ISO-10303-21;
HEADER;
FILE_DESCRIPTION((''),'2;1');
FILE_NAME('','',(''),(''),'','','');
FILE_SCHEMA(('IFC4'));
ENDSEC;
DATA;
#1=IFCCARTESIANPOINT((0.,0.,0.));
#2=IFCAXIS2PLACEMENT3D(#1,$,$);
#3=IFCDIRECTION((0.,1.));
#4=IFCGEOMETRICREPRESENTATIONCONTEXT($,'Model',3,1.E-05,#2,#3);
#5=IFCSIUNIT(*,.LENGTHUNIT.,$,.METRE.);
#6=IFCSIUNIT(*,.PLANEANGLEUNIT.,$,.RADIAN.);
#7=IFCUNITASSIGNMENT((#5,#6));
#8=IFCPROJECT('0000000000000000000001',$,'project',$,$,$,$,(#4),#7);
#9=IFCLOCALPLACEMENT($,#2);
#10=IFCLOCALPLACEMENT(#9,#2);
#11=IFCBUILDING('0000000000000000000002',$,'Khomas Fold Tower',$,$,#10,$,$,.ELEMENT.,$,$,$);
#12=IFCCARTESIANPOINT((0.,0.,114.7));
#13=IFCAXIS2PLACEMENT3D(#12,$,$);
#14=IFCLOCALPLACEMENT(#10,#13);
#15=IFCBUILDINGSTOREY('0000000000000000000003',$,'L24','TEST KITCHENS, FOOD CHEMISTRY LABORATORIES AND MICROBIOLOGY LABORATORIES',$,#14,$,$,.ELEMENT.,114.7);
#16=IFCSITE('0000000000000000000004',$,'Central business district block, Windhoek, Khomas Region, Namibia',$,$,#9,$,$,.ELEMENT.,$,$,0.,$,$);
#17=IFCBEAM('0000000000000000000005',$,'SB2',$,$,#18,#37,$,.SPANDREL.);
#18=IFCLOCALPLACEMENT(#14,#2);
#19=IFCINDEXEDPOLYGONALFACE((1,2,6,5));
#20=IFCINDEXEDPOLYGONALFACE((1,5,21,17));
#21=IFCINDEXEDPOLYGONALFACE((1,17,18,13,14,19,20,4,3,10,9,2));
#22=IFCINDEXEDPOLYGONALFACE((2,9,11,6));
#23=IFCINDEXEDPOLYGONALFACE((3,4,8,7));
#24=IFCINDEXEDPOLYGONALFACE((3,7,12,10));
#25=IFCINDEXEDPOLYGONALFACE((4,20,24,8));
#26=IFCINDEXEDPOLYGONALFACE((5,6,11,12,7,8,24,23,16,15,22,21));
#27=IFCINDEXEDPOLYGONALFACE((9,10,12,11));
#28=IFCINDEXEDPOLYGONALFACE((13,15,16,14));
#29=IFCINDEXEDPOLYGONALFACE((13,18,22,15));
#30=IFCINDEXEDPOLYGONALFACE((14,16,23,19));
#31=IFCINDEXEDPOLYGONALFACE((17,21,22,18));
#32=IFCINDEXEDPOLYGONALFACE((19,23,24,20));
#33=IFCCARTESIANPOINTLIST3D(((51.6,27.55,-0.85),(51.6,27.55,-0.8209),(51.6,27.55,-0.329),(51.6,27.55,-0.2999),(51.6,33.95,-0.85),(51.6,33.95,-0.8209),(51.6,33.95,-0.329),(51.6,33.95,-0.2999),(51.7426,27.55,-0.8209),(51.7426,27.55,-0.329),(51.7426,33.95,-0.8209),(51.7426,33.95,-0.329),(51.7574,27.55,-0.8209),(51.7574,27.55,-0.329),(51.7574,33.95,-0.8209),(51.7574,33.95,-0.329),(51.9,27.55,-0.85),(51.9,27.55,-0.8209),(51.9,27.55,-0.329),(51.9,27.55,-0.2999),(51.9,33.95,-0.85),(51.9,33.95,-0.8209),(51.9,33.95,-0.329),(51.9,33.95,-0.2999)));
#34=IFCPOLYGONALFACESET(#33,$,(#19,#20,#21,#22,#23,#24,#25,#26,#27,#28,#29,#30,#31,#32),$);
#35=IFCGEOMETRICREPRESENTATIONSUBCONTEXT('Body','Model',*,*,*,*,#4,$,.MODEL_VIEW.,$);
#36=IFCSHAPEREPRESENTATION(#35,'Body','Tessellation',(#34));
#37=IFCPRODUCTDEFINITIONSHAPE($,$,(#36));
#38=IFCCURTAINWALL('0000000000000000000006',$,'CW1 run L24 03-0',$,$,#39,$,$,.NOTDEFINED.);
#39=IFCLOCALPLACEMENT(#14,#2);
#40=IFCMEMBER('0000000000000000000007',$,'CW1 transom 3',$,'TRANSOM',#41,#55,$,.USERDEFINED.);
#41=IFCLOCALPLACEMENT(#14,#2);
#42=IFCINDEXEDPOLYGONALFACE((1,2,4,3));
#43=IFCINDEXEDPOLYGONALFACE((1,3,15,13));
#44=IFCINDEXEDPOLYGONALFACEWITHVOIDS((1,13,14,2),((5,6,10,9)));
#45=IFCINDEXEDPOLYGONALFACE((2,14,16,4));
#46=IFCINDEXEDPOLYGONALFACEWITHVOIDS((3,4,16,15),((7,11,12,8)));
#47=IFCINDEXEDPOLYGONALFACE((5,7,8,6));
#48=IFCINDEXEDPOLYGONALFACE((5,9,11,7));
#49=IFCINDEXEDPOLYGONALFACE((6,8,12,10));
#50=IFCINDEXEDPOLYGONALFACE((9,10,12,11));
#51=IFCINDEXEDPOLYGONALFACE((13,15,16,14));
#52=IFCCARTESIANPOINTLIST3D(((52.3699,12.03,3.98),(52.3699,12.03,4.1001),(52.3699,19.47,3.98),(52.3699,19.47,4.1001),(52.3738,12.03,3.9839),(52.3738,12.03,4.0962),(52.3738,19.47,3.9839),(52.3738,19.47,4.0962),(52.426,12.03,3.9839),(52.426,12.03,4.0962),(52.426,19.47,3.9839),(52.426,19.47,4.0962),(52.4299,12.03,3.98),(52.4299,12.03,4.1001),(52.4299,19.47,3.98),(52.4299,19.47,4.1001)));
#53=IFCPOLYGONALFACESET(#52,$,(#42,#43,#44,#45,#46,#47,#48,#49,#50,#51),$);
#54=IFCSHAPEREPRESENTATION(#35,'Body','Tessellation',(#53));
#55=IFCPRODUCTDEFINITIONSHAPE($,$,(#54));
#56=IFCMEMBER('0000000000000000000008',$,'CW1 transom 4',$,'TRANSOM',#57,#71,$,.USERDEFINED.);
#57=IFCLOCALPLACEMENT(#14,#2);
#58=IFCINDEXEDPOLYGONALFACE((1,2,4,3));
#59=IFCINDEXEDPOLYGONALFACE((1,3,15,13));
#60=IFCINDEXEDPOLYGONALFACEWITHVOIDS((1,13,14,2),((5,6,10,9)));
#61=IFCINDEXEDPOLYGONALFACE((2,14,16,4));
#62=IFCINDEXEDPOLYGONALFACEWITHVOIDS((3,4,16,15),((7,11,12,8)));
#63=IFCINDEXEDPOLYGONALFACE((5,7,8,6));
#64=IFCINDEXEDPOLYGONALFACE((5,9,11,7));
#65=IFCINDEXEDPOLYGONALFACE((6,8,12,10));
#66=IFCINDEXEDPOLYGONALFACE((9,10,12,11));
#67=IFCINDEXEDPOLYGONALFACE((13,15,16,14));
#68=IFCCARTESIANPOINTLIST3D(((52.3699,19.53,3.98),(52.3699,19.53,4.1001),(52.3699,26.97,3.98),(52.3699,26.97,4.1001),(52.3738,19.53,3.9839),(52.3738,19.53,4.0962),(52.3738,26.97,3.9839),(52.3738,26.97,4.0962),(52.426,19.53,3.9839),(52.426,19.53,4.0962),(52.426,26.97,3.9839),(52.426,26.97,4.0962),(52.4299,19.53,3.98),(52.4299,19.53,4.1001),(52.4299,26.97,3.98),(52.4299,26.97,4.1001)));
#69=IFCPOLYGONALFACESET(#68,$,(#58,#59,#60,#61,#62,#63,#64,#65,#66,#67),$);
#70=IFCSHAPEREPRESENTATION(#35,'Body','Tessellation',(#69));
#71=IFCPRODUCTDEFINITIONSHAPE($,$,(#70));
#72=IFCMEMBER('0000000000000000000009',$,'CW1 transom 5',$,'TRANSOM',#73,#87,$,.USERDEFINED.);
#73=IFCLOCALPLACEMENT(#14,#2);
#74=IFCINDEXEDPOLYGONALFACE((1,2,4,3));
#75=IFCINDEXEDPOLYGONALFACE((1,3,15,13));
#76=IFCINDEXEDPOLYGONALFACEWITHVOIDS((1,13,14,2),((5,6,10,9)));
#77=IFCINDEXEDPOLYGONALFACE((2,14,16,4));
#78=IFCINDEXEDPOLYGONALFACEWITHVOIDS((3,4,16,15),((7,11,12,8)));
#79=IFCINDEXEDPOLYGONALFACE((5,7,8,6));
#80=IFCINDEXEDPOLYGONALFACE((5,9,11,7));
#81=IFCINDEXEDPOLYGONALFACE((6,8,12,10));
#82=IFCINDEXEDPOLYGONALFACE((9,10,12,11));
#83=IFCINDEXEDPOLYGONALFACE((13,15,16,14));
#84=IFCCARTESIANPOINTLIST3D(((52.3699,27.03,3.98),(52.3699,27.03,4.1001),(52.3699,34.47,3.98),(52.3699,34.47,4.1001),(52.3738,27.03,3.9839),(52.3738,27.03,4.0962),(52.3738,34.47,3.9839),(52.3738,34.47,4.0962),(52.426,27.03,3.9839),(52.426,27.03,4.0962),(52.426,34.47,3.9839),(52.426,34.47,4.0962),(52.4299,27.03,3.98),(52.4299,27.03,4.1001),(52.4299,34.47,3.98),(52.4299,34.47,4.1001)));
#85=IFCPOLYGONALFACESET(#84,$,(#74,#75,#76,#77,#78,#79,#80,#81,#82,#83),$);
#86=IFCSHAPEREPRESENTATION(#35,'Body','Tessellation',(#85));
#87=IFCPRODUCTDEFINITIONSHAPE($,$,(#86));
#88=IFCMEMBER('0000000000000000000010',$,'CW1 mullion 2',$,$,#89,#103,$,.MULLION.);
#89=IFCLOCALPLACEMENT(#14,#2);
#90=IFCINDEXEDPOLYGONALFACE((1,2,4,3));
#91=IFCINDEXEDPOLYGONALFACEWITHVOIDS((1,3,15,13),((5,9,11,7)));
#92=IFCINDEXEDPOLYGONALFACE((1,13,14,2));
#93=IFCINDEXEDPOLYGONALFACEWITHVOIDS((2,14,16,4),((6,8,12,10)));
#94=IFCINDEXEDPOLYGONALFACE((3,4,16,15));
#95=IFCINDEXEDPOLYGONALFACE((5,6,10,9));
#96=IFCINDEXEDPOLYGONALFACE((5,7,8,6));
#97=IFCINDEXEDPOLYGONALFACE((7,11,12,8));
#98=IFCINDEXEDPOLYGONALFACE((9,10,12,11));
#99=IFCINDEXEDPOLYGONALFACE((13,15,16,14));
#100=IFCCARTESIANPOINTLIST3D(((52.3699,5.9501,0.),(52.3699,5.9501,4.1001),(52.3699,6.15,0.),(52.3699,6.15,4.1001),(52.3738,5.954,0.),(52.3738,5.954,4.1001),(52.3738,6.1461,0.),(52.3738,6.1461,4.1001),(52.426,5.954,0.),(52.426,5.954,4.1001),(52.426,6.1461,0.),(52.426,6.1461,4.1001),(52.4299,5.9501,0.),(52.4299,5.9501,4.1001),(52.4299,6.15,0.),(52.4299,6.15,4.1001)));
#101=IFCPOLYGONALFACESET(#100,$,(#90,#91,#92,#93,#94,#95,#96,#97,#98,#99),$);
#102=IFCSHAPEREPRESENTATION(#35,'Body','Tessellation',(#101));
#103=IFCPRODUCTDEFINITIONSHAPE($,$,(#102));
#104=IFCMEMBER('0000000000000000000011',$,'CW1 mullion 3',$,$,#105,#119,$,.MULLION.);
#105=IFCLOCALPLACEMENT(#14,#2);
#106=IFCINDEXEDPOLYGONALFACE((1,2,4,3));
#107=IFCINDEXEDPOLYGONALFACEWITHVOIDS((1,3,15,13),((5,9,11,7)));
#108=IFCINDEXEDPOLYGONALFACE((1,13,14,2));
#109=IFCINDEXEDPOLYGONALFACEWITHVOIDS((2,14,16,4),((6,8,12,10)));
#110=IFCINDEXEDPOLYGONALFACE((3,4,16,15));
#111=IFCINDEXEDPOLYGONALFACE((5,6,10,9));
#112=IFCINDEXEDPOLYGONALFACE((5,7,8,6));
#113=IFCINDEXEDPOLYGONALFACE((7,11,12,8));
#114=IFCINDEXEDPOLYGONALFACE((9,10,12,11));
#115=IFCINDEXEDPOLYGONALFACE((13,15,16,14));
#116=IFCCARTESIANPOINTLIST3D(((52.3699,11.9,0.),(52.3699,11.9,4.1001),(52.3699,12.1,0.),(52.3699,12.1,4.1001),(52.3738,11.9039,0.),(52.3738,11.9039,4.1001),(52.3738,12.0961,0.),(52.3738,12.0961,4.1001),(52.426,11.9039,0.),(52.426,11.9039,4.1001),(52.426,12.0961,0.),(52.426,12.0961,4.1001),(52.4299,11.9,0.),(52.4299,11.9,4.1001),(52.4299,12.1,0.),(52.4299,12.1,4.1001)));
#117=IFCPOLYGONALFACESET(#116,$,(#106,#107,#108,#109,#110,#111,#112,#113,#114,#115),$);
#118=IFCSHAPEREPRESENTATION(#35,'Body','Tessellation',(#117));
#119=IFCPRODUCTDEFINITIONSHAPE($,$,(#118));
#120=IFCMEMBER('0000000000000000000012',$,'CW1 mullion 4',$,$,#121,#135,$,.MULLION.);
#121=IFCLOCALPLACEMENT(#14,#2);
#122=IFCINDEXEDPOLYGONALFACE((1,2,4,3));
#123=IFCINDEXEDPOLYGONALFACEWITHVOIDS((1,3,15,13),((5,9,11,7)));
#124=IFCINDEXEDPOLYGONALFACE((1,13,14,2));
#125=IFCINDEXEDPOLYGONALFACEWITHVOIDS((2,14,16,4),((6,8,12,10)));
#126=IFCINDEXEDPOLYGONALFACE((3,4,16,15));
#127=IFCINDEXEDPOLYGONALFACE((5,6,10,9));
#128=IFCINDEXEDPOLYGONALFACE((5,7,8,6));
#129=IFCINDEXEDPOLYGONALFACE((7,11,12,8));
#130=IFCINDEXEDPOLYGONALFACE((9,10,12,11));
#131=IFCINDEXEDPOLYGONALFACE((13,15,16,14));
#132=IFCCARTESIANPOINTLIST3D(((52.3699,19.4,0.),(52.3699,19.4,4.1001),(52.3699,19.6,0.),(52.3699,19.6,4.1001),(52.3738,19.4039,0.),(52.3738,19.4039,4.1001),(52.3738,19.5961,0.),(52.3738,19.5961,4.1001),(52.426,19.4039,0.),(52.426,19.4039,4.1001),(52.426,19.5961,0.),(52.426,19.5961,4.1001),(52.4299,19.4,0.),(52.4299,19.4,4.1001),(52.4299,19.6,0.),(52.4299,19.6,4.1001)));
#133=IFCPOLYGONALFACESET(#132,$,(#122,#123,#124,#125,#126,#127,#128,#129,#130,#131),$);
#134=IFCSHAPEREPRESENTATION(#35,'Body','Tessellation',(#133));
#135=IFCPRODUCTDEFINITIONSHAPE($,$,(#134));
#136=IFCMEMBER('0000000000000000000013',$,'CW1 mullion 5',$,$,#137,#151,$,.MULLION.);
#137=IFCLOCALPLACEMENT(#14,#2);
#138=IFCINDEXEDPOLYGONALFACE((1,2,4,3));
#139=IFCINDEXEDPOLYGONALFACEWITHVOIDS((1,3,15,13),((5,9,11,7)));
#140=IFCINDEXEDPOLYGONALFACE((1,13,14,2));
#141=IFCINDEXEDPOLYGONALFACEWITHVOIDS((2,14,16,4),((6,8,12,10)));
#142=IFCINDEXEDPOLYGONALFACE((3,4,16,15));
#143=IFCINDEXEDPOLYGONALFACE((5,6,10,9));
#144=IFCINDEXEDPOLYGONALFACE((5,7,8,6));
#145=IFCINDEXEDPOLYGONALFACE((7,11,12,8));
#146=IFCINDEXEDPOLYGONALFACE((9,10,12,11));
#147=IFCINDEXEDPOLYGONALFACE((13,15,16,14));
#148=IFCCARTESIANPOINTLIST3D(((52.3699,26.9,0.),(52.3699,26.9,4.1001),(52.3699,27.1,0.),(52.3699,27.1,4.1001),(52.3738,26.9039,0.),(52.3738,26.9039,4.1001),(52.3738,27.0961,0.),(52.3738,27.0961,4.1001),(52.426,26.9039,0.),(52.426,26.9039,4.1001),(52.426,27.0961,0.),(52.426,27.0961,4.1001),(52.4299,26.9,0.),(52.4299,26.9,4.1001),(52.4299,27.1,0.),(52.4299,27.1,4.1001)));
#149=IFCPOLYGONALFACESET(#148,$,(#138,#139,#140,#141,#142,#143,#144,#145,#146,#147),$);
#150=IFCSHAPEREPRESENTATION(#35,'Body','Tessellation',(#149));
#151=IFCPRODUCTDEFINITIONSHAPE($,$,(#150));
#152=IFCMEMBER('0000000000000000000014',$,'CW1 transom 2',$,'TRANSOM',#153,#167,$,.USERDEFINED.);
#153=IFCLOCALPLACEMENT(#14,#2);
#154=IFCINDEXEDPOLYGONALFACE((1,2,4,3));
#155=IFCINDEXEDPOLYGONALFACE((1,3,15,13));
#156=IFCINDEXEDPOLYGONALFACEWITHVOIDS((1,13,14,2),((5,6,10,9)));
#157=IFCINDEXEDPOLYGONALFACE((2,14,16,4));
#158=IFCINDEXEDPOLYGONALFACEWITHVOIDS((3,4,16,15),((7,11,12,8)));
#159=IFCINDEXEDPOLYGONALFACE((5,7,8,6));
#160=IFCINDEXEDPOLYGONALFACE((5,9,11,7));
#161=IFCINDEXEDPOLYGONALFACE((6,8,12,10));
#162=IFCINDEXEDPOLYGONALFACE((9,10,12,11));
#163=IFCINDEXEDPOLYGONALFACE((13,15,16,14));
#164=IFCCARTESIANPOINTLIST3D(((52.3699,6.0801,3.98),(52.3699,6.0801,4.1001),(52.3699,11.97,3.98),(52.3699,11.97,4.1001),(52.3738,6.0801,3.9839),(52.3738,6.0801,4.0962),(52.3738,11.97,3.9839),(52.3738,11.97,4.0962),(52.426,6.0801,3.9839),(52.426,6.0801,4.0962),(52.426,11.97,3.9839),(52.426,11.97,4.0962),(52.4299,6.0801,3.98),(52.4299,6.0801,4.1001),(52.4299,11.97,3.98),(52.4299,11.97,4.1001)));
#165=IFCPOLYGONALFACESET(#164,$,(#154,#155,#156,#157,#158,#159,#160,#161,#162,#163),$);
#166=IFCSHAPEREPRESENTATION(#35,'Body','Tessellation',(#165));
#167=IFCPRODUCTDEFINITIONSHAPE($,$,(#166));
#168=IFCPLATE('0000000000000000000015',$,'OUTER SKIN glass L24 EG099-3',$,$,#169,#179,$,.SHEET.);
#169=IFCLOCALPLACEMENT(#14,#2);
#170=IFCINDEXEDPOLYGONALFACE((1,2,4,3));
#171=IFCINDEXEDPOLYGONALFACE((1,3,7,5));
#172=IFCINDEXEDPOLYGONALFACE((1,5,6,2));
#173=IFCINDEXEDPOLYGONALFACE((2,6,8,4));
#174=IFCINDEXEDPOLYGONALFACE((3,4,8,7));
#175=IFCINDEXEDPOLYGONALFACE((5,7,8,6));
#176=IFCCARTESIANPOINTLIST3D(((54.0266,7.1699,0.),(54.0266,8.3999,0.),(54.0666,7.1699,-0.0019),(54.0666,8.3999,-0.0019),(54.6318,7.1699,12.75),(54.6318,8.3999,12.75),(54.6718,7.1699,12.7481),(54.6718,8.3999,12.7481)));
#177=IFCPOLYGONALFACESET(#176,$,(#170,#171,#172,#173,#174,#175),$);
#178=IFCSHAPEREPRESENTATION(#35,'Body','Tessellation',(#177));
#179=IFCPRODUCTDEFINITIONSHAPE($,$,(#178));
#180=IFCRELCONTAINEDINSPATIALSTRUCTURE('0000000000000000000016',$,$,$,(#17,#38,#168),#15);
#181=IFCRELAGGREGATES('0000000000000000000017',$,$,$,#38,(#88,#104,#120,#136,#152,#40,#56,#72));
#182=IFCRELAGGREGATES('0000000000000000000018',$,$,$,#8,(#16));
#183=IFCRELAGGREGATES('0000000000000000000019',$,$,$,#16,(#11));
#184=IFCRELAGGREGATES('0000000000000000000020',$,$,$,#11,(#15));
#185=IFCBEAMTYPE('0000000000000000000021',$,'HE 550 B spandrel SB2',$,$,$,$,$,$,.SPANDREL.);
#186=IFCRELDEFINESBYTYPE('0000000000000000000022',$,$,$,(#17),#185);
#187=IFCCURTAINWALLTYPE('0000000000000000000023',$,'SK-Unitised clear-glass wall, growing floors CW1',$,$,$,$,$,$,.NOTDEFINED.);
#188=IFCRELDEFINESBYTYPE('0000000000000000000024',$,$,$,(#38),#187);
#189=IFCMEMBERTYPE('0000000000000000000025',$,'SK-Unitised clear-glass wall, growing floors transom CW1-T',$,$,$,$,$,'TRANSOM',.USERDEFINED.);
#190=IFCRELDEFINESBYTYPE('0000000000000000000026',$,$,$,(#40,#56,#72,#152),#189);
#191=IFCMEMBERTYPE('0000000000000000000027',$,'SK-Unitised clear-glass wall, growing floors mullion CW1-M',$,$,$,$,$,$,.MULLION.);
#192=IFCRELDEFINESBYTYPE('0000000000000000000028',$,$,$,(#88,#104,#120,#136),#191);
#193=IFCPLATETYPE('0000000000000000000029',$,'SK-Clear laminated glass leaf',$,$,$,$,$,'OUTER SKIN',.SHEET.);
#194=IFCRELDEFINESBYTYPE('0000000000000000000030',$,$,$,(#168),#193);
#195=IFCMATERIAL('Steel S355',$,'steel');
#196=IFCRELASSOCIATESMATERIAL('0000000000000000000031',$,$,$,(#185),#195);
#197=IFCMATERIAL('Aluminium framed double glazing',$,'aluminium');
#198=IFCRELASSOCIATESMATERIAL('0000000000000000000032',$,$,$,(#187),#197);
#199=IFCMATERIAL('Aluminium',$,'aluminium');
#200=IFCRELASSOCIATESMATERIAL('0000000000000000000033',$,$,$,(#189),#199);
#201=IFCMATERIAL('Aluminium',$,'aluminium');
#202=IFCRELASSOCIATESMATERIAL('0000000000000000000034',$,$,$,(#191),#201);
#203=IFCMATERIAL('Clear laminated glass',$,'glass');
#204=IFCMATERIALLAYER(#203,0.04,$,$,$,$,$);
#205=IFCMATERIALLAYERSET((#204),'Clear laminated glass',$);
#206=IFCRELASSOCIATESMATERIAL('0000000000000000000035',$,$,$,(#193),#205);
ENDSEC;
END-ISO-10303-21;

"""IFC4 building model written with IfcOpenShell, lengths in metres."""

from ifc_helpers import new_model, si_unit, direction, frame, origin, origin_2d, place, context, subcontext, project, spatial, polyline, hollow_rectangle, i_section, outline, extrude, source, transform, mapped, material, layer, layer_set, material_profile, profile_set, type_object, element, aggregate, save


model = new_model("IFC4")

# Units and contexts
model_context = context("Model", 3, precision=1e-05, world=origin(), true_north=direction((0.0, 1.0)))
body_context = subcontext(model_context, "Body", "Model", "MODEL_VIEW")
ifc_project = project(units=[si_unit("LENGTHUNIT", "METRE"), si_unit("PLANEANGLEUNIT", "RADIAN")], contexts=[model_context])

# Site, building, storey
site_placement = place(None, origin())
site = spatial("IfcSite", under=ifc_project, at=site_placement, Name="Central business district block, Windhoek, Khomas Region, Namibia", CompositionType="ELEMENT", RefElevation=0.0)
building_placement = place(site_placement, origin())
building = spatial("IfcBuilding", under=site, at=building_placement, Name="Khomas Fold Tower", CompositionType="ELEMENT")
storey_placement = place(building_placement, frame((0.0, 0.0, 114.7)))
storey = spatial("IfcBuildingStorey", under=building, at=storey_placement, Name="L24", Description="TEST KITCHENS, FOOD CHEMISTRY LABORATORIES AND MICROBIOLOGY LABORATORIES", CompositionType="ELEMENT", Elevation=114.7)

# Beam
ifc_material_1 = material(Name="Steel S355", Category="steel")
ifc_material_profile_1 = material_profile(ifc_material_1, i_section(OverallWidth=0.3, OverallDepth=0.55, WebThickness=0.0149, FlangeThickness=0.0291, at=origin_2d()), Name="HE 550 B")
ifc_profile_set_1 = profile_set([ifc_material_profile_1], Name="Steel S355")
beam_type = type_object("IfcBeamType", Name="HE 550 B spandrel SB2", PredefinedType="SPANDREL", material=ifc_profile_set_1)
shared_shape_1 = source(origin(), body_context, "Body", "SweptSolid", [
    extrude(i_section(OverallWidth=0.3, OverallDepth=0.55, WebThickness=0.0149, FlangeThickness=0.0291, at=origin_2d()), origin(), (0.0, 0.0, 1.0), 6.3999),
])
beam_placement = place(storey_placement, frame((51.75, 27.55, -0.575), z_axis=(0.0, 1.0, 0.0), x_axis=(-1.0, 0.0, 0.0)))
element("IfcBeam", 1, at=beam_placement, inside=storey, type_object=beam_type, Name="SB2", PredefinedType="SPANDREL", context=body_context, shape_type="MappedRepresentation", body=[
    mapped(shared_shape_1, transform((0.0, 0.0, 0.0))),
])

# Curtain wall, members
ifc_material_2 = material(Name="Aluminium framed double glazing", Category="aluminium")
curtain_wall_type = type_object("IfcCurtainWallType", Name="SK-Unitised clear-glass wall, growing floors CW1", PredefinedType="NOTDEFINED", material=ifc_material_2)
curtain_wall_placement = place(storey_placement, origin())
curtain_wall = element("IfcCurtainWall", 2, at=curtain_wall_placement, inside=storey, type_object=curtain_wall_type, Name="CW1 run L24 03-0", PredefinedType="NOTDEFINED")
ifc_material_3 = material(Name="Aluminium", Category="aluminium")
ifc_material_profile_2 = material_profile(ifc_material_3, hollow_rectangle(XDim=0.0601, YDim=0.1201, WallThickness=0.0039, at=origin_2d()), Name="SK-Unitised clear-glass wall, growing floors transom CW1-T")
ifc_profile_set_2 = profile_set([ifc_material_profile_2], Name="Aluminium")
member_type_1 = type_object("IfcMemberType", Name="SK-Unitised clear-glass wall, growing floors transom CW1-T", ElementType="TRANSOM", PredefinedType="USERDEFINED", material=ifc_profile_set_2)
shared_shape_2 = source(origin(), body_context, "Body", "SweptSolid", [
    extrude(hollow_rectangle(XDim=0.0601, YDim=0.1201, WallThickness=0.0039, at=origin_2d()), origin(), (0.0, 0.0, 1.0), 7.4399),
])
member_1_placement = place(storey_placement, frame((52.3999, 12.03, 4.04), z_axis=(0.0, 1.0, 0.0), x_axis=(-1.0, 0.0, 0.0)))
member_1 = element("IfcMember", 3, at=member_1_placement, type_object=member_type_1, Name="CW1 transom 3", ObjectType="TRANSOM", PredefinedType="USERDEFINED", context=body_context, shape_type="MappedRepresentation", body=[
    mapped(shared_shape_2, transform((0.0, 0.0, 0.0))),
])
member_2_placement = place(storey_placement, frame((52.3999, 19.53, 4.04), z_axis=(0.0, 1.0, 0.0), x_axis=(-1.0, 0.0, 0.0)))
member_2 = element("IfcMember", 4, at=member_2_placement, type_object=member_type_1, Name="CW1 transom 4", ObjectType="TRANSOM", PredefinedType="USERDEFINED", context=body_context, shape_type="MappedRepresentation", body=[
    mapped(shared_shape_2, transform((0.0, 0.0, 0.0))),
])
member_3_placement = place(storey_placement, frame((52.3999, 27.03, 4.04), z_axis=(0.0, 1.0, 0.0), x_axis=(-1.0, 0.0, 0.0)))
member_3 = element("IfcMember", 5, at=member_3_placement, type_object=member_type_1, Name="CW1 transom 5", ObjectType="TRANSOM", PredefinedType="USERDEFINED", context=body_context, shape_type="MappedRepresentation", body=[
    mapped(shared_shape_2, transform((0.0, 0.0, 0.0))),
])
ifc_material_4 = material(Name="Aluminium", Category="aluminium")
ifc_material_profile_3 = material_profile(ifc_material_4, hollow_rectangle(XDim=0.0601, YDim=0.2, WallThickness=0.0039, at=origin_2d()), Name="SK-Unitised clear-glass wall, growing floors mullion CW1-M")
ifc_profile_set_3 = profile_set([ifc_material_profile_3], Name="Aluminium")
member_type_2 = type_object("IfcMemberType", Name="SK-Unitised clear-glass wall, growing floors mullion CW1-M", PredefinedType="MULLION", material=ifc_profile_set_3)
shared_shape_3 = source(origin(), body_context, "Body", "SweptSolid", [
    extrude(hollow_rectangle(XDim=0.0601, YDim=0.2, WallThickness=0.0039, at=origin_2d()), origin(), (0.0, 0.0, 1.0), 4.1001),
])
member_4_placement = place(storey_placement, frame((52.3999, 6.05, 0.0), z_axis=(0.0, 0.0, 1.0), x_axis=(-1.0, 0.0, 0.0)))
member_4 = element("IfcMember", 6, at=member_4_placement, type_object=member_type_2, Name="CW1 mullion 2", PredefinedType="MULLION", context=body_context, shape_type="MappedRepresentation", body=[
    mapped(shared_shape_3, transform((0.0, 0.0, 0.0))),
])
member_5_placement = place(storey_placement, frame((52.3999, 12.0, 0.0), z_axis=(0.0, 0.0, 1.0), x_axis=(-1.0, 0.0, 0.0)))
member_5 = element("IfcMember", 7, at=member_5_placement, type_object=member_type_2, Name="CW1 mullion 3", PredefinedType="MULLION", context=body_context, shape_type="MappedRepresentation", body=[
    mapped(shared_shape_3, transform((0.0, 0.0, 0.0))),
])
member_6_placement = place(storey_placement, frame((52.3999, 19.5, 0.0), z_axis=(0.0, 0.0, 1.0), x_axis=(-1.0, 0.0, 0.0)))
member_6 = element("IfcMember", 8, at=member_6_placement, type_object=member_type_2, Name="CW1 mullion 4", PredefinedType="MULLION", context=body_context, shape_type="MappedRepresentation", body=[
    mapped(shared_shape_3, transform((0.0, 0.0, 0.0))),
])
member_7_placement = place(storey_placement, frame((52.3999, 27.0, 0.0), z_axis=(0.0, 0.0, 1.0), x_axis=(-1.0, 0.0, 0.0)))
member_7 = element("IfcMember", 9, at=member_7_placement, type_object=member_type_2, Name="CW1 mullion 5", PredefinedType="MULLION", context=body_context, shape_type="MappedRepresentation", body=[
    mapped(shared_shape_3, transform((0.0, 0.0, 0.0))),
])
shared_shape_4 = source(origin(), body_context, "Body", "SweptSolid", [
    extrude(hollow_rectangle(XDim=0.0601, YDim=0.1201, WallThickness=0.0039, at=origin_2d()), origin(), (0.0, 0.0, 1.0), 5.8899),
])
member_8_placement = place(storey_placement, frame((52.3999, 6.0801, 4.04), z_axis=(0.0, 1.0, 0.0), x_axis=(-1.0, 0.0, 0.0)))
member_8 = element("IfcMember", 10, at=member_8_placement, type_object=member_type_1, Name="CW1 transom 2", ObjectType="TRANSOM", PredefinedType="USERDEFINED", context=body_context, shape_type="MappedRepresentation", body=[
    mapped(shared_shape_4, transform((0.0, 0.0, 0.0))),
])

# Plate
ifc_material_5 = material(Name="Clear laminated glass", Category="glass")
ifc_layer_1 = layer(ifc_material_5, 0.04)
ifc_layer_set_1 = layer_set([ifc_layer_1], Name="Clear laminated glass")
plate_type_1 = type_object("IfcPlateType", Name="SK-Clear laminated glass leaf", ElementType="OUTER SKIN", PredefinedType="SHEET", material=ifc_layer_set_1)
plate_1_placement = place(storey_placement, frame((54.0266, 8.3999, 0.0), z_axis=(-0.998875, 0.0, 0.047415), x_axis=(0.0, -1.0, 0.0)))
element("IfcPlate", 11, at=plate_1_placement, inside=storey, type_object=plate_type_1, Name="OUTER SKIN glass L24 EG099-3", PredefinedType="SHEET", context=body_context, shape_type="SweptSolid", body=[
    extrude(outline(polyline([(0.0, 0.0), (1.23, 0.0), (1.23, 12.7644), (0.0, 12.7644), (0.0, 0.0)])), origin(), (0.0, 0.0, -1.0), 0.04),
])

aggregate(curtain_wall, [member_4, member_5, member_6, member_7, member_8, member_1, member_2, member_3])

save(model, "model.ifc")
